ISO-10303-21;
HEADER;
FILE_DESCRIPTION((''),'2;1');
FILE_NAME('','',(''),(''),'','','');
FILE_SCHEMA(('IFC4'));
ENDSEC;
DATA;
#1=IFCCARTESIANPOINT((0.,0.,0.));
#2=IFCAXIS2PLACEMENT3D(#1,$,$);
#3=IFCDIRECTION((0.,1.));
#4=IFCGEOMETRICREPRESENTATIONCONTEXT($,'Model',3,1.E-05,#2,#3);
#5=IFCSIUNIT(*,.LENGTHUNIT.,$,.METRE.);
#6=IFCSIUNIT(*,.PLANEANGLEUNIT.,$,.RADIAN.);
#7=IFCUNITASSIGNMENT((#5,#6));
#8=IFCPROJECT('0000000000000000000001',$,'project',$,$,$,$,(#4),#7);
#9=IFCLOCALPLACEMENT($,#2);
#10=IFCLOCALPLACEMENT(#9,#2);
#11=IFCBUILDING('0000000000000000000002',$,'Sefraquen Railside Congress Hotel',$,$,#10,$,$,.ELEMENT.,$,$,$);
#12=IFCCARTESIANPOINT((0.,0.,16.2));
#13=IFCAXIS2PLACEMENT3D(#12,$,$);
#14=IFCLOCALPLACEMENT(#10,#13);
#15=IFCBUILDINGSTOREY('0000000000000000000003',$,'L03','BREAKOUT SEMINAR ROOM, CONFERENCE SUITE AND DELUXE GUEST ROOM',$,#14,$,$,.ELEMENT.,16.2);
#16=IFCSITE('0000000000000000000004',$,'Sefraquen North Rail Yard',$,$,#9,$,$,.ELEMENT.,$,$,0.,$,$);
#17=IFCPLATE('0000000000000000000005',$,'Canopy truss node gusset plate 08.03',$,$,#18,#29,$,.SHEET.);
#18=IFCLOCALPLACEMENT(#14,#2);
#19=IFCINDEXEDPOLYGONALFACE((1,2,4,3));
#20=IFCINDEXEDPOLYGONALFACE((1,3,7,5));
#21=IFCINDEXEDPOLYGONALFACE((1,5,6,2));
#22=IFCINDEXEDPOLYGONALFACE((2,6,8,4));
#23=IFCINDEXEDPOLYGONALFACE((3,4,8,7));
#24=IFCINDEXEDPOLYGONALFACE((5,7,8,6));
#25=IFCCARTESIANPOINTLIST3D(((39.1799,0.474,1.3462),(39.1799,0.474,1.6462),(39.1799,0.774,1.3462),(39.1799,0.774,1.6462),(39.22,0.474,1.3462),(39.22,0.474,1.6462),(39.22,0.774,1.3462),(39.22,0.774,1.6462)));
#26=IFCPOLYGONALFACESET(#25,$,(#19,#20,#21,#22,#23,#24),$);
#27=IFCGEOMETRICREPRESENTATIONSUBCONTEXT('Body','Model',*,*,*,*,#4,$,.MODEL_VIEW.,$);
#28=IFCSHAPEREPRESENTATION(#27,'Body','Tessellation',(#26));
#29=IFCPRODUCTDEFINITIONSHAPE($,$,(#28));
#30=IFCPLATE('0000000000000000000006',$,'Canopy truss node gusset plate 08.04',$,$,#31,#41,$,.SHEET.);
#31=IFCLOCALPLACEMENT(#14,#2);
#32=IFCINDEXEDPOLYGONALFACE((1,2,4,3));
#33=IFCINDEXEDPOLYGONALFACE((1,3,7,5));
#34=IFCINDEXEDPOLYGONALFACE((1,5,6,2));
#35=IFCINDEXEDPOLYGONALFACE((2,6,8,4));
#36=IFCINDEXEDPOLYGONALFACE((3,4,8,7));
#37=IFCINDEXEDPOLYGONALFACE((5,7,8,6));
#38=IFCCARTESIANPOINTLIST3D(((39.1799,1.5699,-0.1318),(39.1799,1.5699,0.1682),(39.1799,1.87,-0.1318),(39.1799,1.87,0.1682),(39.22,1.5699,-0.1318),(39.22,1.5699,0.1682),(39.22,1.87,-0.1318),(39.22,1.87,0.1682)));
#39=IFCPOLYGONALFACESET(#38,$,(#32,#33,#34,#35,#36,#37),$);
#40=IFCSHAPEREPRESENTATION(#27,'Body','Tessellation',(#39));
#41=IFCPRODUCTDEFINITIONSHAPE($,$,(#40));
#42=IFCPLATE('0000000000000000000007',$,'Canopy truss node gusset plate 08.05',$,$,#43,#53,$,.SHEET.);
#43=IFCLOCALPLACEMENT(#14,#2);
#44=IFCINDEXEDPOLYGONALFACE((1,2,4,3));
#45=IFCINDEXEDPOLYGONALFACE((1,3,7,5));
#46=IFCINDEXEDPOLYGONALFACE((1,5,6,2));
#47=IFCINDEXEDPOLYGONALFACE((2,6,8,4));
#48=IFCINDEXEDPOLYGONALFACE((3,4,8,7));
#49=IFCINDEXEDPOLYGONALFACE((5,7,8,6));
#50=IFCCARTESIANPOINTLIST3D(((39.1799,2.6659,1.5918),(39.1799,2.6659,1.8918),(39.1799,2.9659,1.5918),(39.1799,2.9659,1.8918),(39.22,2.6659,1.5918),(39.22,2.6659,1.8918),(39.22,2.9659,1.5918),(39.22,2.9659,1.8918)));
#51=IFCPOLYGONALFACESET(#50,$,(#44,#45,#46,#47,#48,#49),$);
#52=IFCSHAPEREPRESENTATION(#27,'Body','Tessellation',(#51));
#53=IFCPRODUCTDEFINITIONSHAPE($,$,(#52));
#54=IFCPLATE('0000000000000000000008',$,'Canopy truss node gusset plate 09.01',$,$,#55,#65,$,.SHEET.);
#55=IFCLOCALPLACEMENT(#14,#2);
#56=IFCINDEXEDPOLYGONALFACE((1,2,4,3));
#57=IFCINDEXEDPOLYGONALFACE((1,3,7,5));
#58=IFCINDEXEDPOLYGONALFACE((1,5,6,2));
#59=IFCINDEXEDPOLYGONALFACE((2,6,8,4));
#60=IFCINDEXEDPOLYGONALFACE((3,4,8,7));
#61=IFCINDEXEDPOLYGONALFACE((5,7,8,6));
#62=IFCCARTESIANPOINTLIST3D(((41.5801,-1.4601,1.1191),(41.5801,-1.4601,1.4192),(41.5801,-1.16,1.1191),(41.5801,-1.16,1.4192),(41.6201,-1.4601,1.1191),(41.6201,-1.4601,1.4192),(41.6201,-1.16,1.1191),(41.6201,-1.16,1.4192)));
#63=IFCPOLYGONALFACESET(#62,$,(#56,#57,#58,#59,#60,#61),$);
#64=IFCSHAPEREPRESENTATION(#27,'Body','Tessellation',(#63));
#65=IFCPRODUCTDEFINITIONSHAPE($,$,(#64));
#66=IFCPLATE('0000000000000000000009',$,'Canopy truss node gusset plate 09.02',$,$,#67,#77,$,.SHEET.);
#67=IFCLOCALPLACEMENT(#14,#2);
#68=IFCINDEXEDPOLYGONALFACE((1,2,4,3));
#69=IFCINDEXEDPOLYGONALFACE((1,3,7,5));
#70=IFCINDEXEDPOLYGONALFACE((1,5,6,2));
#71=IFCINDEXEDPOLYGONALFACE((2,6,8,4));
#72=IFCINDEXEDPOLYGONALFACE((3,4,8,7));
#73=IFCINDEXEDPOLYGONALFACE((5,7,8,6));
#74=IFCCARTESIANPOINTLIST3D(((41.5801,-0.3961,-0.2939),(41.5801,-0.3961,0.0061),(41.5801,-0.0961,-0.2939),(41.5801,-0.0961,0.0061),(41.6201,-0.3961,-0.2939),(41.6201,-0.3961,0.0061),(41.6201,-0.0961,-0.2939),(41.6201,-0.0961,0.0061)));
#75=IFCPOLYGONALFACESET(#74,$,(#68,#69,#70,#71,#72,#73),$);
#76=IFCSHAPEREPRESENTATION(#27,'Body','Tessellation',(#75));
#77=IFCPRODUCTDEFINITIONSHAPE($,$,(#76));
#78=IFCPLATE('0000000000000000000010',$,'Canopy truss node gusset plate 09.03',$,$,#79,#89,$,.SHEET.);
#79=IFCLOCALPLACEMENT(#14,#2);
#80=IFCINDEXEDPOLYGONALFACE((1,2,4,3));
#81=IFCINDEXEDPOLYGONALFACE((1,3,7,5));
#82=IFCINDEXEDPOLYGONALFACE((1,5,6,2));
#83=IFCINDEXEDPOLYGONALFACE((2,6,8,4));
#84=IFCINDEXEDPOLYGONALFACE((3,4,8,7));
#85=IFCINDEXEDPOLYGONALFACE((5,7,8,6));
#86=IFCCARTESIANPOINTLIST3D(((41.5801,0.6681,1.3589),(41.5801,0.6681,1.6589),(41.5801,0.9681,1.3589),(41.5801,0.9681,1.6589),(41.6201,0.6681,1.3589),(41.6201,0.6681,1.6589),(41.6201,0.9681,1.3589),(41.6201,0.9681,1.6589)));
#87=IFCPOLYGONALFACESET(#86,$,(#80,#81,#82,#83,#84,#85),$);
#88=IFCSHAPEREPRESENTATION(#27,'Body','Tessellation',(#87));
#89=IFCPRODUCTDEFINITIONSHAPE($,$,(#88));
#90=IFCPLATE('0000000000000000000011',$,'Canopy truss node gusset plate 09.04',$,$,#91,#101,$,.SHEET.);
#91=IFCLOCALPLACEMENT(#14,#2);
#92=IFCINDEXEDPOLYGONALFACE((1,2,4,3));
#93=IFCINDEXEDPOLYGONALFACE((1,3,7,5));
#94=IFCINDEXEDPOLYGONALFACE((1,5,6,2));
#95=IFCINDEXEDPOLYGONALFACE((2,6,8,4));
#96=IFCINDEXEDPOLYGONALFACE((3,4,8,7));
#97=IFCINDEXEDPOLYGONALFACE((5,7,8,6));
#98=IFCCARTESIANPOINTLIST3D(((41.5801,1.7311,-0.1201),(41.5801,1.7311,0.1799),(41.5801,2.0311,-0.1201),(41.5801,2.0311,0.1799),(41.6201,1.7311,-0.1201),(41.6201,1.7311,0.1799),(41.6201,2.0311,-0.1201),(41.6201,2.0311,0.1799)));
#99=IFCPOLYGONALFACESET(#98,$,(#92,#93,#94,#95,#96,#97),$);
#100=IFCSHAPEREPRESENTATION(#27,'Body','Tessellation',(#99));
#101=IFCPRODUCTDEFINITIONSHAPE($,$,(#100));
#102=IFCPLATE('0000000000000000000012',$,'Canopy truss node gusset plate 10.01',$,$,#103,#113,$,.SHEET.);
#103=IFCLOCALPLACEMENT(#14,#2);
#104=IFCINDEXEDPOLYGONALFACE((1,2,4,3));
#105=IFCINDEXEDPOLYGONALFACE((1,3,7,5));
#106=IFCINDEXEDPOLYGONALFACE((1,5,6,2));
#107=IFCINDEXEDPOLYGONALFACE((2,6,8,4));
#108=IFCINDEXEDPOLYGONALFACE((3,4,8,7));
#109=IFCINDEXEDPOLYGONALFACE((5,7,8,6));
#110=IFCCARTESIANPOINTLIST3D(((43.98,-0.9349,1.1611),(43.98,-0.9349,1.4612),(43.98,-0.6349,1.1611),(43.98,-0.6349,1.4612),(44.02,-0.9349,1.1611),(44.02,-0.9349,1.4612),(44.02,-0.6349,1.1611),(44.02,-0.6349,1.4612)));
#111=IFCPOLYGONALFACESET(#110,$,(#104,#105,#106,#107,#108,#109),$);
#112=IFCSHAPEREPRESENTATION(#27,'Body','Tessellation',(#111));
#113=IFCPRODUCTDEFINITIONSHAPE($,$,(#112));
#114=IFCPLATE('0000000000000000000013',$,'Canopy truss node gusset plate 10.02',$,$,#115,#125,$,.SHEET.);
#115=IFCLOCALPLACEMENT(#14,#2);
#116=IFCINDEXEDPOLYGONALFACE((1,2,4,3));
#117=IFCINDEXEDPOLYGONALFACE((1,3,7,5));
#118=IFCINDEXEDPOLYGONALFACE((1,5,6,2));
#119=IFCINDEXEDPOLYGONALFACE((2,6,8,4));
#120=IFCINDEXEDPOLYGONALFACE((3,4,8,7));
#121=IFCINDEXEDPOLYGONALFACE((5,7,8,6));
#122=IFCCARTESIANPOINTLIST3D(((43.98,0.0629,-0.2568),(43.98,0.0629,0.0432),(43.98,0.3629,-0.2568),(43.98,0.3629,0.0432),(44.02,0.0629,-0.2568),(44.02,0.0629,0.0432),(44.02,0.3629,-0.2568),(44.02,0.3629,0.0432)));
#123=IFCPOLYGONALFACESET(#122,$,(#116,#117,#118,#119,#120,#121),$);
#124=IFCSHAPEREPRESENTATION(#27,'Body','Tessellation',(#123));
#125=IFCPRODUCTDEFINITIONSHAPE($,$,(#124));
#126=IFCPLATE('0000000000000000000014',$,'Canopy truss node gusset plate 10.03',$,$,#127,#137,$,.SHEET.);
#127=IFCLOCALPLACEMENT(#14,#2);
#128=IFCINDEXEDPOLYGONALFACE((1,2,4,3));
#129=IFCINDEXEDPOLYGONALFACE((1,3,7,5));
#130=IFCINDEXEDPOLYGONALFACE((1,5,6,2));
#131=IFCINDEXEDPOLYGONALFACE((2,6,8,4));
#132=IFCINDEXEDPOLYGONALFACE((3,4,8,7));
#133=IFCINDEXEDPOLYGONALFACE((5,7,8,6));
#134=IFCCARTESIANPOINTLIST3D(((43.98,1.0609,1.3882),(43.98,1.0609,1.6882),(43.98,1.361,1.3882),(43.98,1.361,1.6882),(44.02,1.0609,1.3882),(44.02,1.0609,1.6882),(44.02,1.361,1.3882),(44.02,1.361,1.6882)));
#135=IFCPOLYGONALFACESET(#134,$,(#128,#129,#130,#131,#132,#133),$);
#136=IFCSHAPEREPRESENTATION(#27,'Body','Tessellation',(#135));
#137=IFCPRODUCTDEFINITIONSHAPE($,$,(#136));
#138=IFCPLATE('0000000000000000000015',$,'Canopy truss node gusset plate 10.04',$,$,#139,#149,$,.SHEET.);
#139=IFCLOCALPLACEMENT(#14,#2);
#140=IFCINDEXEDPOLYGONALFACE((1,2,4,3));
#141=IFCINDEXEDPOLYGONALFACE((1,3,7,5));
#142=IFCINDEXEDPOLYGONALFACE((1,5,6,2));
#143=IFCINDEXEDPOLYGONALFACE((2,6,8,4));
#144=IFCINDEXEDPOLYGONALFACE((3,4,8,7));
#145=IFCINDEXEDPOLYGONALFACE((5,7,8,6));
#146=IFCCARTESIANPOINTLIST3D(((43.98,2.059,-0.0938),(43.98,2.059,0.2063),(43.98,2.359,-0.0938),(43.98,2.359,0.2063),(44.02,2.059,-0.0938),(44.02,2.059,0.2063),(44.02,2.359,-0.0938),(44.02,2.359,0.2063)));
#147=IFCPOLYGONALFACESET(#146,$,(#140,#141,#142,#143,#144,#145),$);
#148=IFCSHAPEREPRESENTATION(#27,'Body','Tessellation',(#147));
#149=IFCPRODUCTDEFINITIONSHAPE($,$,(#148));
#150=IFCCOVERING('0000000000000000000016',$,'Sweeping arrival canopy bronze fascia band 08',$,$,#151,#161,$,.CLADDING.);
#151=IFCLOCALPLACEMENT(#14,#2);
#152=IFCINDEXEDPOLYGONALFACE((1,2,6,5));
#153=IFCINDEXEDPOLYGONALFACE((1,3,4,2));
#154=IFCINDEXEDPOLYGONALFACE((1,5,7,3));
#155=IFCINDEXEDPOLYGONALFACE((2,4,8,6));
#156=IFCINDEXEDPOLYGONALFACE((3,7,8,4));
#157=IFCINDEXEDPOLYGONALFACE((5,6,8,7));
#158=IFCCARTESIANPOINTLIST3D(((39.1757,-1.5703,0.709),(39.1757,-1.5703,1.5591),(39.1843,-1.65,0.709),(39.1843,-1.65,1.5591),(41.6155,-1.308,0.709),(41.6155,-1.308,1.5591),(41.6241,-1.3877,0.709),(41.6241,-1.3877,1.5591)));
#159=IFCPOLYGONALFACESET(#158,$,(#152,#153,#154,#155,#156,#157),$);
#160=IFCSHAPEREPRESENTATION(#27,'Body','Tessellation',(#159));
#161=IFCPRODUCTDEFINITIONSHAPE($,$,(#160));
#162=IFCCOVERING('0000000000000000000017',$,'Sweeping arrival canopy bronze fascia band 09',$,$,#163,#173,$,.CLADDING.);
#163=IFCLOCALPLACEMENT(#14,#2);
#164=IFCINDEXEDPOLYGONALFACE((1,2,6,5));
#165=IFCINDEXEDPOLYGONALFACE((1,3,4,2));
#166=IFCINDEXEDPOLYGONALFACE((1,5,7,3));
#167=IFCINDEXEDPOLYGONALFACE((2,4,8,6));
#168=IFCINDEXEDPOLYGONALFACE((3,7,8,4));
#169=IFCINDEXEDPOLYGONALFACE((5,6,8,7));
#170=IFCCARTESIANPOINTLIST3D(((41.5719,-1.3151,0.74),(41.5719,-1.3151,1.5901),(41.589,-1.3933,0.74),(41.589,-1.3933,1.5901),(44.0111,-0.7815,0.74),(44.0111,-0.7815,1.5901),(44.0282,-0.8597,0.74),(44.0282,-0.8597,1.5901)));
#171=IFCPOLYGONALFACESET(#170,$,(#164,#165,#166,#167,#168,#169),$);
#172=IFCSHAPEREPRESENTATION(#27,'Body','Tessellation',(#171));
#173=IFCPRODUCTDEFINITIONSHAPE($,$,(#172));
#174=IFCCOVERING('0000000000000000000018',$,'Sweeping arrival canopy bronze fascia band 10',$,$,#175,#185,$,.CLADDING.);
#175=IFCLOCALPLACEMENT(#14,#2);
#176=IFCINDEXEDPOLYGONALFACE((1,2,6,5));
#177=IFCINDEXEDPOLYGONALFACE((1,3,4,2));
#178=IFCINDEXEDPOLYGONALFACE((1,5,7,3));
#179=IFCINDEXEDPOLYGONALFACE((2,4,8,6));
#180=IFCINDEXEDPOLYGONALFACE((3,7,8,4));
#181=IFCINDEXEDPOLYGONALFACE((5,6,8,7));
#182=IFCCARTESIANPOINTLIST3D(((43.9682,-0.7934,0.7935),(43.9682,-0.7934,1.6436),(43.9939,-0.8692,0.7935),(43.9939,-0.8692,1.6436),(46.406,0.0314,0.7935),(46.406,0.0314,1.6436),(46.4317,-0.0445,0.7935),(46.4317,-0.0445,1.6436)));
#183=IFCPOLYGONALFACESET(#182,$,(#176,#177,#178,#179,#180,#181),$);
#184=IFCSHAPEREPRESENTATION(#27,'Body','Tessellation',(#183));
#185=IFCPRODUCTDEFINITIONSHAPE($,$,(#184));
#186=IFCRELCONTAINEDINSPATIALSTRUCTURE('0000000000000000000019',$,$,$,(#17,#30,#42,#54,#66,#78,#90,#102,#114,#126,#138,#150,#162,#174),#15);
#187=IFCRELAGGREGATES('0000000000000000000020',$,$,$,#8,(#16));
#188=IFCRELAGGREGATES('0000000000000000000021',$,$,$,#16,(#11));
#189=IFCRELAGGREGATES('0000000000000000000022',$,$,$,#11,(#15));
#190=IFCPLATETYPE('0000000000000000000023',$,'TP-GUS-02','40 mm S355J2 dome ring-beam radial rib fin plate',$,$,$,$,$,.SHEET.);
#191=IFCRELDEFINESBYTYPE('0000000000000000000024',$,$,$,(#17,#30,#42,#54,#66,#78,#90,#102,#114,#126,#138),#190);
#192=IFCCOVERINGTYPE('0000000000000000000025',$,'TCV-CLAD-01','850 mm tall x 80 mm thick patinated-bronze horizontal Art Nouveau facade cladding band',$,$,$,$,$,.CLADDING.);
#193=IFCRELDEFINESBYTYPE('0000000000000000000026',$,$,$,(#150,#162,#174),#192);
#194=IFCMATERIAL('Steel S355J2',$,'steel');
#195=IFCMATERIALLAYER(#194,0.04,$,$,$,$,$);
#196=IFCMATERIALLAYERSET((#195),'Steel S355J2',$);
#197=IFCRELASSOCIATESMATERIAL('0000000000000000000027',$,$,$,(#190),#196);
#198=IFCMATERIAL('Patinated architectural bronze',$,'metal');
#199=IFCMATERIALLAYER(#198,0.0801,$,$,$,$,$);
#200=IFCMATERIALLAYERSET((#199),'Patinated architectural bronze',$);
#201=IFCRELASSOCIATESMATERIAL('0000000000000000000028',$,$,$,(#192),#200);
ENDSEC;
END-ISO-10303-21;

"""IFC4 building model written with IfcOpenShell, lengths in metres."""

from ifc_helpers import new_model, si_unit, direction, frame, origin, origin_2d, place, context, subcontext, project, spatial, rectangle, extrude, material, layer, layer_set, type_object, element, save


model = new_model("IFC4")

# Units and contexts
model_context = context("Model", 3, precision=1e-05, world=origin(), true_north=direction((0.0, 1.0)))
body_context = subcontext(model_context, "Body", "Model", "MODEL_VIEW")
ifc_project = project(units=[si_unit("LENGTHUNIT", "METRE"), si_unit("PLANEANGLEUNIT", "RADIAN")], contexts=[model_context])

# Site, building, storey
site_placement = place(None, origin())
site = spatial("IfcSite", under=ifc_project, at=site_placement, Name="Sefraquen North Rail Yard", CompositionType="ELEMENT", RefElevation=0.0)
building_placement = place(site_placement, origin())
building = spatial("IfcBuilding", under=site, at=building_placement, Name="Sefraquen Railside Congress Hotel", CompositionType="ELEMENT")
storey_placement = place(building_placement, frame((0.0, 0.0, 16.2)))
storey = spatial("IfcBuildingStorey", under=building, at=storey_placement, Name="L03", Description="BREAKOUT SEMINAR ROOM, CONFERENCE SUITE AND DELUXE GUEST ROOM", CompositionType="ELEMENT", Elevation=16.2)

# Shared definitions
ifc_material_1 = material(Name="Steel S355J2", Category="steel")

# Plates
ifc_layer_1 = layer(ifc_material_1, 0.04)
ifc_layer_set_1 = layer_set([ifc_layer_1], Name="Steel S355J2")
plate_type_1 = type_object("IfcPlateType", Name="TP-GUS-02", Description="40 mm S355J2 dome ring-beam radial rib fin plate", PredefinedType="SHEET", material=ifc_layer_set_1)
for number, where, z_axis, x_axis, name in (
    (1, (39.2, 0.624, 1.3462), (0.0, 0.0, 1.0), (1.0, 0.0, 0.0), "Canopy truss node gusset plate 08.03"),
    (2, (39.2, 1.72, -0.1318), (0.0, 0.0, 1.0), (1.0, 0.0, 0.0), "Canopy truss node gusset plate 08.04"),
    (3, (39.2, 2.8159, 1.5918), (0.0, 0.0, 1.0), (1.0, 0.0, 0.0), "Canopy truss node gusset plate 08.05"),
    (4, (41.6001, -1.3101, 1.1191), (0.0, 0.0, 1.0), (1.0, 0.0, 0.0), "Canopy truss node gusset plate 09.01"),
    (5, (41.6001, -0.2461, -0.2939), (0.0, 0.0, 1.0), (1.0, 0.0, 0.0), "Canopy truss node gusset plate 09.02"),
    (6, (41.6001, 0.8181, 1.3589), (0.0, 0.0, 1.0), (1.0, 0.0, 0.0), "Canopy truss node gusset plate 09.03"),
    (7, (41.6001, 1.8811, -0.1201), (0.0, 0.0, 1.0), (1.0, 0.0, 0.0), "Canopy truss node gusset plate 09.04"),
    (8, (44.0, -0.7849, 1.1611), (0.0, 0.0, 1.0), (1.0, 0.0, 0.0), "Canopy truss node gusset plate 10.01"),
    (9, (44.0, 0.2129, -0.2568), (0.0, 0.0, 1.0), (1.0, 0.0, 0.0), "Canopy truss node gusset plate 10.02"),
    (10, (44.0, 1.2109, 1.3882), (0.0, 0.0, 1.0), (1.0, 0.0, 0.0), "Canopy truss node gusset plate 10.03"),
    (11, (44.0, 2.209, -0.0938), (0.0, 0.0, 1.0), (1.0, 0.0, 0.0), "Canopy truss node gusset plate 10.04"),
):
    element("IfcPlate", number, at=place(storey_placement, frame(where, z_axis=z_axis, x_axis=x_axis)), inside=storey, type_object=plate_type_1, Name=name, PredefinedType="SHEET", context=body_context, shape_type="SweptSolid", body=[
        extrude(rectangle(XDim=0.04, YDim=0.3, at=origin_2d()), origin(), (0.0, 0.0, 1.0), 0.3),
    ])

# Coverings
ifc_material_2 = material(Name="Patinated architectural bronze", Category="metal")
ifc_layer_2 = layer(ifc_material_2, 0.0801)
ifc_layer_set_2 = layer_set([ifc_layer_2], Name="Patinated architectural bronze")
covering_type = type_object("IfcCoveringType", Name="TCV-CLAD-01", Description="850 mm tall x 80 mm thick patinated-bronze horizontal Art Nouveau facade cladding band", PredefinedType="CLADDING", material=ifc_layer_set_2)
covering_1_placement = place(storey_placement, frame((40.3999, -1.479, 0.709), z_axis=(0.0, 0.0, 1.0), x_axis=(0.994271, 0.106889, 0.0)))
element("IfcCovering", 12, at=covering_1_placement, inside=storey, type_object=covering_type, Name="Sweeping arrival canopy bronze fascia band 08", PredefinedType="CLADDING", context=body_context, shape_type="SweptSolid", body=[
    extrude(rectangle(XDim=2.4539, YDim=0.0801, at=origin_2d()), origin(), (0.0, 0.0, 1.0), 0.8501),
])
covering_2_placement = place(storey_placement, frame((42.8, -1.0874, 0.74), z_axis=(0.0, 0.0, 1.0), x_axis=(0.9769, 0.213695, 0.0)))
element("IfcCovering", 13, at=covering_2_placement, inside=storey, type_object=covering_type, Name="Sweeping arrival canopy bronze fascia band 09", PredefinedType="CLADDING", context=body_context, shape_type="SweptSolid", body=[
    extrude(rectangle(XDim=2.4968, YDim=0.0801, at=origin_2d()), origin(), (0.0, 0.0, 1.0), 0.8501),
])
covering_3_placement = place(storey_placement, frame((45.2, -0.4189, 0.7935), z_axis=(0.0, 0.0, 1.0), x_axis=(0.947255, 0.320481, 0.0)))
element("IfcCovering", 14, at=covering_3_placement, inside=storey, type_object=covering_type, Name="Sweeping arrival canopy bronze fascia band 10", PredefinedType="CLADDING", context=body_context, shape_type="SweptSolid", body=[
    extrude(rectangle(XDim=2.5735, YDim=0.0801, at=origin_2d()), origin(), (0.0, 0.0, 1.0), 0.8501),
])

save(model, "model.ifc")
